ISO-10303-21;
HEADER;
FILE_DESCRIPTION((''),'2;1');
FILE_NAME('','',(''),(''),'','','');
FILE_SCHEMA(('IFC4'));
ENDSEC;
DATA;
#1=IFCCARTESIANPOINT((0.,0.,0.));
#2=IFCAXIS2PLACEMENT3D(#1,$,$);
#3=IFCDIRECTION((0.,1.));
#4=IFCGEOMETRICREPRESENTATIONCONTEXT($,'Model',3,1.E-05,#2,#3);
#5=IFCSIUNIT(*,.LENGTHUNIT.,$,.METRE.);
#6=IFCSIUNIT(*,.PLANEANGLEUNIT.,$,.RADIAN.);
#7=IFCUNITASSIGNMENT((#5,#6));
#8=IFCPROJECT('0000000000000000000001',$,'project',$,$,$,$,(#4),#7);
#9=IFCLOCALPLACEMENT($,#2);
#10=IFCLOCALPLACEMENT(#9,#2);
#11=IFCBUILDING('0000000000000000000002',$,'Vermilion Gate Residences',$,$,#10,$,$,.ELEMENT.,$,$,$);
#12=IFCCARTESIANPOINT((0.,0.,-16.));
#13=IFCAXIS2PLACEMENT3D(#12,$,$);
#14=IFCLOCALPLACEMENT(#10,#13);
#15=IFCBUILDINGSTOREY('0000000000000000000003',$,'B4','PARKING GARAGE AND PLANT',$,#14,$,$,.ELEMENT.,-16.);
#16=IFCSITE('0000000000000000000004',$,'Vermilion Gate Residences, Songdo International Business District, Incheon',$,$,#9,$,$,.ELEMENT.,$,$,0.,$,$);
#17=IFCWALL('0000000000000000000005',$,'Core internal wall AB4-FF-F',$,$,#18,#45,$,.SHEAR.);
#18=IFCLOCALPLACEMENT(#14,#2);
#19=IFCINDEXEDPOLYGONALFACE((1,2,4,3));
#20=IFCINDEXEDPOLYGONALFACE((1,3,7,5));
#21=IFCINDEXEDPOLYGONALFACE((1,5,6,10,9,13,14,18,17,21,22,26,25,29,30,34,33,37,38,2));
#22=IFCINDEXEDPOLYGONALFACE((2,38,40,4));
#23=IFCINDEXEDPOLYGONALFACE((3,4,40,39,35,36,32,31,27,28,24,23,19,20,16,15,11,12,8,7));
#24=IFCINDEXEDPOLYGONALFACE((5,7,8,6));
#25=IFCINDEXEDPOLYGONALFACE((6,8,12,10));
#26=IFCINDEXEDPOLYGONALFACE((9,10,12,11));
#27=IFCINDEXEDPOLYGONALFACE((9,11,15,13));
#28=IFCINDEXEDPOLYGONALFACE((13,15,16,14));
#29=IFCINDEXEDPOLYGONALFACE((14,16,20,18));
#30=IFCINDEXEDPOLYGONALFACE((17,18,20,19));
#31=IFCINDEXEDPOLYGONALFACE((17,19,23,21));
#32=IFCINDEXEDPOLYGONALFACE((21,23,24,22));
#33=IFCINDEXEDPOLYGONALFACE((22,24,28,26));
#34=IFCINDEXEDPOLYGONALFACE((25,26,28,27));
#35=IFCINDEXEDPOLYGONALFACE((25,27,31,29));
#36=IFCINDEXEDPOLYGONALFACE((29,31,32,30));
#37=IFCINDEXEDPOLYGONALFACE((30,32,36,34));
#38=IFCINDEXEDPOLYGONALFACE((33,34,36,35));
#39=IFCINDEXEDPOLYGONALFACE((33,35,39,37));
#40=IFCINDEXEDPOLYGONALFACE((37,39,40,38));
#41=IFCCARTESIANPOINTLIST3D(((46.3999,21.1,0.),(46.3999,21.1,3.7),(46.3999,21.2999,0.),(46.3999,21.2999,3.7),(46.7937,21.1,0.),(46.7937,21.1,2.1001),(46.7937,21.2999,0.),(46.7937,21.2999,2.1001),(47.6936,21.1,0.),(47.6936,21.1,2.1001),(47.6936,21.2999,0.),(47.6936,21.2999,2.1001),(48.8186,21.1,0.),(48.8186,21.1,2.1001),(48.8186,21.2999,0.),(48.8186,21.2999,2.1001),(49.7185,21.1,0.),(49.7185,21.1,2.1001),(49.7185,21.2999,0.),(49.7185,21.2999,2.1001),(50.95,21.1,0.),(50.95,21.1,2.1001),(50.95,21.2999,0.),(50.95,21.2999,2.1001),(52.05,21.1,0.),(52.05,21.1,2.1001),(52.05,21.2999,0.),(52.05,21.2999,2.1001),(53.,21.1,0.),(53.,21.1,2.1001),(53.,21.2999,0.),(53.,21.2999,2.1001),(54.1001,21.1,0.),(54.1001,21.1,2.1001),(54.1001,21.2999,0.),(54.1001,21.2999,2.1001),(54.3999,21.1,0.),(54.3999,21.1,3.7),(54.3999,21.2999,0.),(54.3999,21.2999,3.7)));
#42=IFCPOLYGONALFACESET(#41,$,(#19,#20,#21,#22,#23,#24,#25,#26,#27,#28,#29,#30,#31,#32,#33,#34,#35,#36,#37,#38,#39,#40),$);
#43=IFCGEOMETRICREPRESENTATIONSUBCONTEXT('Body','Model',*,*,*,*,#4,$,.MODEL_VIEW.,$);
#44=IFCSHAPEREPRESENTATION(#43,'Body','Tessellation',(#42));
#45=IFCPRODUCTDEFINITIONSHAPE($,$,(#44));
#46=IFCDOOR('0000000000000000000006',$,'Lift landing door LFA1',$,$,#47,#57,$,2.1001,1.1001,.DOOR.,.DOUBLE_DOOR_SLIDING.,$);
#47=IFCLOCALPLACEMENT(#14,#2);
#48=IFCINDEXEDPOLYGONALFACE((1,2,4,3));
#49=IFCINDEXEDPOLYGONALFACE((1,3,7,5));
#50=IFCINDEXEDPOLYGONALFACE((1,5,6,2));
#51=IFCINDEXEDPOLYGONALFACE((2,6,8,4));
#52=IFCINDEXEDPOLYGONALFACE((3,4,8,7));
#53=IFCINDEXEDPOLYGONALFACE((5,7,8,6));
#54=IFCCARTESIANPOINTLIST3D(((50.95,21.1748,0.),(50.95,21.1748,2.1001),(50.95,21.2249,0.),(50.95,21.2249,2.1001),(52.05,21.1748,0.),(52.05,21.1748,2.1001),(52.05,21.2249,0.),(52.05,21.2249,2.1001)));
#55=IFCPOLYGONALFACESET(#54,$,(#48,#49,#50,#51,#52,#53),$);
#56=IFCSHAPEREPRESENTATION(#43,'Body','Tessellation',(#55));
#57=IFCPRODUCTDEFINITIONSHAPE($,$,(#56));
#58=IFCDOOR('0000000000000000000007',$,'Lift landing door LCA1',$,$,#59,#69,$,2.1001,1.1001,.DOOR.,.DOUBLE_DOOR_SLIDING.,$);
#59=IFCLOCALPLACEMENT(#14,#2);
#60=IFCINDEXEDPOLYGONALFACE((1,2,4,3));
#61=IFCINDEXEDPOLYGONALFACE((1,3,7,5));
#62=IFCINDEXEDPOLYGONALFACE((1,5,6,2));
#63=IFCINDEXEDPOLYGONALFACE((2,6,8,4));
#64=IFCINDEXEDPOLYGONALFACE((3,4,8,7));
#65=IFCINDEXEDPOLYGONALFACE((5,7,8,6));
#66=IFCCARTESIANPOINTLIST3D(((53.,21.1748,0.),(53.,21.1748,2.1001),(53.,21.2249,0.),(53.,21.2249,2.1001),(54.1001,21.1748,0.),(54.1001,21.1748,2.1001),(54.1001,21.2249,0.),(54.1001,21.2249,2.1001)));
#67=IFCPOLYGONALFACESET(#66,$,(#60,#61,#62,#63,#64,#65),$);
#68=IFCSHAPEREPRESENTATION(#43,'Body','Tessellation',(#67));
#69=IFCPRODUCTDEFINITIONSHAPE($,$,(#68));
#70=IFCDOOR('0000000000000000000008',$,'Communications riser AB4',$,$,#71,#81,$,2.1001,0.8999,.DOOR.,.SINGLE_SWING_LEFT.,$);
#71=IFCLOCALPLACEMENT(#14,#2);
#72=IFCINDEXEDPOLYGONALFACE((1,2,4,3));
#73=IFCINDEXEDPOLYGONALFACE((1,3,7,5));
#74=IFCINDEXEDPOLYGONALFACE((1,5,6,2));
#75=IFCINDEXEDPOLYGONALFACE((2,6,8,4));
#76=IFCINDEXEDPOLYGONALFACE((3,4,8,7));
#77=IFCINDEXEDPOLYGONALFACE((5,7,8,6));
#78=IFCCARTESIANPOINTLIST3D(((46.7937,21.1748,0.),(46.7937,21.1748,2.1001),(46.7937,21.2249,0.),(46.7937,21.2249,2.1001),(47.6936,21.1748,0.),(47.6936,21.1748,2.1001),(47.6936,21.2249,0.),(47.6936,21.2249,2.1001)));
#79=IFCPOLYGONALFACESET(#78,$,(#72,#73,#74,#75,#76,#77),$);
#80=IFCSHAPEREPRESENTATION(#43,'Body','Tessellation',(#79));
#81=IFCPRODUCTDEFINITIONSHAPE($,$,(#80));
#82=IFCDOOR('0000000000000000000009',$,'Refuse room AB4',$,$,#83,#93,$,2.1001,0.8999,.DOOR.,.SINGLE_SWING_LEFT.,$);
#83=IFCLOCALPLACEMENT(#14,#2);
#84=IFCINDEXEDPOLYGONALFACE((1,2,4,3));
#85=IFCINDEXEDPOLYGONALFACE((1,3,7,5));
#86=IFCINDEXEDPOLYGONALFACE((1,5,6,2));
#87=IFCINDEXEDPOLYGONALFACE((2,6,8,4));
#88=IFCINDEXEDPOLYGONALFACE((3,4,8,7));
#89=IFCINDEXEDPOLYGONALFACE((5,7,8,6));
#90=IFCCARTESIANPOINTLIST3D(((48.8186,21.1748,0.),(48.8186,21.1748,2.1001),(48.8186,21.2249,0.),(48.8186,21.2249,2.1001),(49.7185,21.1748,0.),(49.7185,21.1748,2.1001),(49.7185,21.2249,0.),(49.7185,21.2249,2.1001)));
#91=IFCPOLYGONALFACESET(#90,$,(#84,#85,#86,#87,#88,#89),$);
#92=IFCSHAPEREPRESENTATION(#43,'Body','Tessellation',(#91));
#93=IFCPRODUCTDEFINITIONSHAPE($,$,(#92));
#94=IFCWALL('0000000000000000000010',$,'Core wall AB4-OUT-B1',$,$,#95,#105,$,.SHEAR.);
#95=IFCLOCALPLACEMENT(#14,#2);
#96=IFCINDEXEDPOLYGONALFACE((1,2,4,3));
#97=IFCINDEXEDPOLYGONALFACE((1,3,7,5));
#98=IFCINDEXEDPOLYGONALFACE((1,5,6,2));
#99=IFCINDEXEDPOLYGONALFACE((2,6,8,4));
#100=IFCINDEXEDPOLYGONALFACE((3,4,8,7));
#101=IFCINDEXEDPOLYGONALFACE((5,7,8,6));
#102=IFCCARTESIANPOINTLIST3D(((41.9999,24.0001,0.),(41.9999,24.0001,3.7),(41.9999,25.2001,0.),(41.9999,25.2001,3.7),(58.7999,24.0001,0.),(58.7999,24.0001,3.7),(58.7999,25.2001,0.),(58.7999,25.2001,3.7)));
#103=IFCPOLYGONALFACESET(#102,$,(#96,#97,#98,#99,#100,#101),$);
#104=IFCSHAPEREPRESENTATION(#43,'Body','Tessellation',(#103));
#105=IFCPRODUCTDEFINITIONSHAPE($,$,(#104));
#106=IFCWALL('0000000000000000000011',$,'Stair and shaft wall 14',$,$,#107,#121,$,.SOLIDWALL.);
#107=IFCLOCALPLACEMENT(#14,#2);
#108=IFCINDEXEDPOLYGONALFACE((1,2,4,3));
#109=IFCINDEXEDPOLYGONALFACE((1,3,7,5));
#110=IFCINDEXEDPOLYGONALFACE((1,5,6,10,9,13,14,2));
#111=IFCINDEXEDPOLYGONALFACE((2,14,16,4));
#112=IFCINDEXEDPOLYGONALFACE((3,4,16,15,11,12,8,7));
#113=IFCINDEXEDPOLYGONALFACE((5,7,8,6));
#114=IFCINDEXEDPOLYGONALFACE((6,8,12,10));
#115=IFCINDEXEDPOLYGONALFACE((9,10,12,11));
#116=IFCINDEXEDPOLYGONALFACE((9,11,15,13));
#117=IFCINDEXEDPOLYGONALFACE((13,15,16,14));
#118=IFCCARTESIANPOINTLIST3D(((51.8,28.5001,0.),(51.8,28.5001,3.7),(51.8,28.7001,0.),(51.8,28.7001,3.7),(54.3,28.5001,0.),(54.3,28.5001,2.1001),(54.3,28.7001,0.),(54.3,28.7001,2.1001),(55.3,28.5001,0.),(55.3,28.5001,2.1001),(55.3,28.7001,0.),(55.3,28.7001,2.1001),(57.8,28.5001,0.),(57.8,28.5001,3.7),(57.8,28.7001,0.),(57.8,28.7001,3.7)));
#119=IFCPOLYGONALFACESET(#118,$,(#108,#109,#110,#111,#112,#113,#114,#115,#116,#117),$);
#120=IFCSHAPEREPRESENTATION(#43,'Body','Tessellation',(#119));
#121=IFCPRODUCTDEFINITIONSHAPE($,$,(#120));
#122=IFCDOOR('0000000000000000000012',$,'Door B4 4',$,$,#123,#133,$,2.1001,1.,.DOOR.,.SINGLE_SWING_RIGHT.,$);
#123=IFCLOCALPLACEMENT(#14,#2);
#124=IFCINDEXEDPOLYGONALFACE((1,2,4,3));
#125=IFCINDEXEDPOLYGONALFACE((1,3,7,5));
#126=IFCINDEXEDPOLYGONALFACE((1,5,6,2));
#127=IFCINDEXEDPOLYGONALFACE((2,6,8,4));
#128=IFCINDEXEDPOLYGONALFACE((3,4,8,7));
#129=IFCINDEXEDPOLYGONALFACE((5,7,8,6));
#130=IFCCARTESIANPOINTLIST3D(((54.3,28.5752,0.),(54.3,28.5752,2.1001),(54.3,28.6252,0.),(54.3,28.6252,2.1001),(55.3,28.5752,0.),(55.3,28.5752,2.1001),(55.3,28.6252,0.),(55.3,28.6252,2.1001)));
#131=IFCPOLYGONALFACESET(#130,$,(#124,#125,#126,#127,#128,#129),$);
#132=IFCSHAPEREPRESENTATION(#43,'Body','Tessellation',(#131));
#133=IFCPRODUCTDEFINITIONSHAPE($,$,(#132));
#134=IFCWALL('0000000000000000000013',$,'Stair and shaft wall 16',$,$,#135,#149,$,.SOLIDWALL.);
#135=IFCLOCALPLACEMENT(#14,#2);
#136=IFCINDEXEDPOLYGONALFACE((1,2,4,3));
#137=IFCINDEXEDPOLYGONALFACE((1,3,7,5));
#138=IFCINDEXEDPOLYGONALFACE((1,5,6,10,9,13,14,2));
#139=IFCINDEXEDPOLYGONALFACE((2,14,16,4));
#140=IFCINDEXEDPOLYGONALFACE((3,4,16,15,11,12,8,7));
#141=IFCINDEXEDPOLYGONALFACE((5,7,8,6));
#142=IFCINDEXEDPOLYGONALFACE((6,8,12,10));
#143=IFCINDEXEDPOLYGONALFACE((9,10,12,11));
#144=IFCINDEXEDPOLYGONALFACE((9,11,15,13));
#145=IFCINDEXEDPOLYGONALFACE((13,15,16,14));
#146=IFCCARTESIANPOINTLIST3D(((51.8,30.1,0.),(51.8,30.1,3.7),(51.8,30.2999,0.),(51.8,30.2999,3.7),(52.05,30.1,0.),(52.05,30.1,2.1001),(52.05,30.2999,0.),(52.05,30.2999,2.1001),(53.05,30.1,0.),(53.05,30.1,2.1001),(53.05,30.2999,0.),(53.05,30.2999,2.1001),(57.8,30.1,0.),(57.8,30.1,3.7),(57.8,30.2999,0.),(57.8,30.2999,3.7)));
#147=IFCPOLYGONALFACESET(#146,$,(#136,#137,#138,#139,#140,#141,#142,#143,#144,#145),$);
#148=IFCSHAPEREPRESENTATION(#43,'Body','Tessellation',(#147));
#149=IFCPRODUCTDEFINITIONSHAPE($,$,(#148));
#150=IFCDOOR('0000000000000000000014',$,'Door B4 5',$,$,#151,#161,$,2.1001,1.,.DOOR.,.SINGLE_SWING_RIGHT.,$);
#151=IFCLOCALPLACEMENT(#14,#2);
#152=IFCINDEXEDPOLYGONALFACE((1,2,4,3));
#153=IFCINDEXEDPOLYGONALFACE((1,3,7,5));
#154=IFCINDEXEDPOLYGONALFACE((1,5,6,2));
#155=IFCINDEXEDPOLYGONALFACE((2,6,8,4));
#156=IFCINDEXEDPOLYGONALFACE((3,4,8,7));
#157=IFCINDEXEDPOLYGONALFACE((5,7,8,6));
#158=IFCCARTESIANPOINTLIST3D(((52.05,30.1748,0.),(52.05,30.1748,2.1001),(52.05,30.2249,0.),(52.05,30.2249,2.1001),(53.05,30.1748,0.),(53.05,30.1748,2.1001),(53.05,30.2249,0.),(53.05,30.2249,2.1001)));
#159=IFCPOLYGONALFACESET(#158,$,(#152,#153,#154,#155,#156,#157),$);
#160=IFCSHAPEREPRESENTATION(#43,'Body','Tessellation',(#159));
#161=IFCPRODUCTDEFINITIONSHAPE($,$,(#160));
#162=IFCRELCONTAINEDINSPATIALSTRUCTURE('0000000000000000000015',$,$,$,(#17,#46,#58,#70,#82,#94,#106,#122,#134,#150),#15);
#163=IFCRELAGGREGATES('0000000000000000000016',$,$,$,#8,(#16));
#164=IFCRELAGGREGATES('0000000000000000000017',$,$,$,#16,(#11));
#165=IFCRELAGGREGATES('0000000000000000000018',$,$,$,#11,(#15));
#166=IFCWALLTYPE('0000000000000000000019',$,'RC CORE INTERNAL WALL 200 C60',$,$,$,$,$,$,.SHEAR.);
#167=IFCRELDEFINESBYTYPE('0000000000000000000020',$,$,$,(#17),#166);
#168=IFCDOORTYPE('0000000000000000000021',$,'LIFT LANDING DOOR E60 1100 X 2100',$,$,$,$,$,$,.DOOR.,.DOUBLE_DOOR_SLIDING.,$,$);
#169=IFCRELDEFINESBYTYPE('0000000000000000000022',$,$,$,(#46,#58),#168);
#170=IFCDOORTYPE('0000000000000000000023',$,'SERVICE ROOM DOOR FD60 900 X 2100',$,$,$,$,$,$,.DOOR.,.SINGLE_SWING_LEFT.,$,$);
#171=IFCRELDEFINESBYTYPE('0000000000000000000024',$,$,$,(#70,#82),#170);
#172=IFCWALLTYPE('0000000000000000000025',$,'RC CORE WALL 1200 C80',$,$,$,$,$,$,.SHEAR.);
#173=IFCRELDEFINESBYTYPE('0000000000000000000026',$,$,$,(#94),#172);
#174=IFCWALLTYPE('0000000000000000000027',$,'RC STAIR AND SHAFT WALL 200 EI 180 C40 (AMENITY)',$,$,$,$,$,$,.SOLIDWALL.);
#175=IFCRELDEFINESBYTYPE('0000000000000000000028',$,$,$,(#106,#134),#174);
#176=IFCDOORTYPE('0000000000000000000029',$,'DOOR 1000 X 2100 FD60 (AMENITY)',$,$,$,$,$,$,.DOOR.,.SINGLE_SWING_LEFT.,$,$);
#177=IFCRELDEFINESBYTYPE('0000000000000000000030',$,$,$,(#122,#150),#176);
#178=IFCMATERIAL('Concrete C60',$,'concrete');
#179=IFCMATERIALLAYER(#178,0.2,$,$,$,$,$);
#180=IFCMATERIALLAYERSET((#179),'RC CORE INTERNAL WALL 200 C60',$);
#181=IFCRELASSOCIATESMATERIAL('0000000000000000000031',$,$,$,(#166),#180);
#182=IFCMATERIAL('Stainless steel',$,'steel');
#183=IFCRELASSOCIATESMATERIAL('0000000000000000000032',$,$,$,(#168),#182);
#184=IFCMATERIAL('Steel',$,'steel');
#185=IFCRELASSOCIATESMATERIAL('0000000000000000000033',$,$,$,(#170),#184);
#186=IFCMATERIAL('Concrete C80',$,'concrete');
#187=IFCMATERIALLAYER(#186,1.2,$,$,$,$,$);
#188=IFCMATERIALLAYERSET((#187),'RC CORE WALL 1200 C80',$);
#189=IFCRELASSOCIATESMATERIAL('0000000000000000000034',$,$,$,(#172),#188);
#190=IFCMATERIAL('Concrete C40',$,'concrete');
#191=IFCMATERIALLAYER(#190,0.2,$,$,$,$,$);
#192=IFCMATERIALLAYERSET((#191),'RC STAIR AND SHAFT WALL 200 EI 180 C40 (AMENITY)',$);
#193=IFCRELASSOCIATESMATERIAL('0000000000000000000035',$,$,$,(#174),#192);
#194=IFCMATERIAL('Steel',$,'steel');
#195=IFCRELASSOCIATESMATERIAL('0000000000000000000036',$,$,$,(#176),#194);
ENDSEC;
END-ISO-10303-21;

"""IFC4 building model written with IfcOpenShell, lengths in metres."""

from ifc_helpers import new_model, si_unit, direction, frame, frame_2d, origin, place, context, subcontext, project, spatial, rectangle, extrude, material, layer, layer_set, type_object, element, fill, save


model = new_model("IFC4")

# Units and contexts
model_context = context("Model", 3, precision=1e-05, world=origin(), true_north=direction((0.0, 1.0)))
body_context = subcontext(model_context, "Body", "Model", "MODEL_VIEW")
ifc_project = project(units=[si_unit("LENGTHUNIT", "METRE"), si_unit("PLANEANGLEUNIT", "RADIAN")], contexts=[model_context])

# Site, building, storey
site_placement = place(None, origin())
site = spatial("IfcSite", under=ifc_project, at=site_placement, Name="Vermilion Gate Residences, Songdo International Business District, Incheon", CompositionType="ELEMENT", RefElevation=0.0)
building_placement = place(site_placement, origin())
building = spatial("IfcBuilding", under=site, at=building_placement, Name="Vermilion Gate Residences", CompositionType="ELEMENT")
storey_placement = place(building_placement, frame((0.0, 0.0, -16.0)))
storey = spatial("IfcBuildingStorey", under=building, at=storey_placement, Name="B4", Description="PARKING GARAGE AND PLANT", CompositionType="ELEMENT", Elevation=-16.0)

# Shared definitions
ifc_material_1 = material(Name="Concrete C60", Category="concrete")
ifc_layer_1 = layer(ifc_material_1, 0.2)
ifc_layer_set_1 = layer_set([ifc_layer_1], Name="RC CORE INTERNAL WALL 200 C60")
wall_type_1 = type_object("IfcWallType", Name="RC CORE INTERNAL WALL 200 C60", PredefinedType="SHEAR", material=ifc_layer_set_1)

# Wall, openings, doors
wall_1_placement = place(storey_placement, frame((46.3999, 21.2, 0.0), z_axis=(0.0, 0.0, 1.0), x_axis=(1.0, 0.0, 0.0)))
wall_1 = element("IfcWall", 1, at=wall_1_placement, inside=storey, type_object=wall_type_1, Name="Core internal wall AB4-FF-F", PredefinedType="SHEAR", context=body_context, shape_type="SweptSolid", body=[
    extrude(rectangle(XDim=8.0, YDim=0.2, at=frame_2d((4.0, 0.0))), origin(), (0.0, 0.0, 1.0), 3.7),
])
opening_1_placement = place(wall_1_placement, frame((0.3938, 0.0, 0.0)))
opening_1 = element("IfcOpeningElement", 2, at=opening_1_placement, cuts=wall_1, PredefinedType="OPENING", context=body_context, shape_type="SweptSolid", body=[
    extrude(rectangle(XDim=0.8999, YDim=2.1001, at=frame_2d((0.45, 1.05))), frame((0.0, 0.1099, 0.0), z_axis=(0.0, -1.0, 0.0), x_axis=(1.0, 0.0, 0.0)), (0.0, 0.0, 1.0), 0.22),
])
opening_2_placement = place(wall_1_placement, frame((2.4187, 0.0, 0.0)))
opening_2 = element("IfcOpeningElement", 3, at=opening_2_placement, cuts=wall_1, PredefinedType="OPENING", context=body_context, shape_type="SweptSolid", body=[
    extrude(rectangle(XDim=0.8999, YDim=2.1001, at=frame_2d((0.45, 1.05))), frame((0.0, 0.1099, 0.0), z_axis=(0.0, -1.0, 0.0), x_axis=(1.0, 0.0, 0.0)), (0.0, 0.0, 1.0), 0.22),
])
opening_3_placement = place(wall_1_placement, frame((4.55, 0.0, 0.0)))
opening_3 = element("IfcOpeningElement", 4, at=opening_3_placement, cuts=wall_1, PredefinedType="OPENING", context=body_context, shape_type="SweptSolid", body=[
    extrude(rectangle(XDim=1.1001, YDim=2.1001, at=frame_2d((0.55, 1.05))), frame((0.0, 0.1099, 0.0), z_axis=(0.0, -1.0, 0.0), x_axis=(1.0, 0.0, 0.0)), (0.0, 0.0, 1.0), 0.22),
])
opening_4_placement = place(wall_1_placement, frame((6.6001, 0.0, 0.0)))
opening_4 = element("IfcOpeningElement", 5, at=opening_4_placement, cuts=wall_1, PredefinedType="OPENING", context=body_context, shape_type="SweptSolid", body=[
    extrude(rectangle(XDim=1.1001, YDim=2.1001, at=frame_2d((0.55, 1.05))), frame((0.0, 0.1099, 0.0), z_axis=(0.0, -1.0, 0.0), x_axis=(1.0, 0.0, 0.0)), (0.0, 0.0, 1.0), 0.22),
])
ifc_material_2 = material(Name="Stainless steel", Category="steel")
door_type_1 = type_object("IfcDoorType", Name="LIFT LANDING DOOR E60 1100 X 2100", OperationType="DOUBLE_DOOR_SLIDING", PredefinedType="DOOR", material=ifc_material_2)
door_1_placement = place(opening_3_placement, origin())
door_1 = element("IfcDoor", 6, at=door_1_placement, inside=storey, type_object=door_type_1, Name="Lift landing door LFA1", OperationType="DOUBLE_DOOR_SLIDING", OverallHeight=2.1001, OverallWidth=1.1001, PredefinedType="DOOR", context=body_context, shape_type="SweptSolid", body=[
    extrude(rectangle(XDim=1.1001, YDim=2.1001, at=frame_2d((0.55, 1.05))), frame((0.0, 0.0249, 0.0), z_axis=(0.0, -1.0, 0.0), x_axis=(1.0, 0.0, 0.0)), (0.0, 0.0, 1.0), 0.05),
])
fill(opening_3, door_1)
door_2_placement = place(opening_4_placement, origin())
door_2 = element("IfcDoor", 7, at=door_2_placement, inside=storey, type_object=door_type_1, Name="Lift landing door LCA1", OperationType="DOUBLE_DOOR_SLIDING", OverallHeight=2.1001, OverallWidth=1.1001, PredefinedType="DOOR", context=body_context, shape_type="SweptSolid", body=[
    extrude(rectangle(XDim=1.1001, YDim=2.1001, at=frame_2d((0.55, 1.05))), frame((0.0, 0.0249, 0.0), z_axis=(0.0, -1.0, 0.0), x_axis=(1.0, 0.0, 0.0)), (0.0, 0.0, 1.0), 0.05),
])
fill(opening_4, door_2)
ifc_material_3 = material(Name="Steel", Category="steel")
door_type_2 = type_object("IfcDoorType", Name="SERVICE ROOM DOOR FD60 900 X 2100", OperationType="SINGLE_SWING_LEFT", PredefinedType="DOOR", material=ifc_material_3)
door_3_placement = place(opening_1_placement, origin())
door_3 = element("IfcDoor", 8, at=door_3_placement, inside=storey, type_object=door_type_2, Name="Communications riser AB4", OperationType="SINGLE_SWING_LEFT", OverallHeight=2.1001, OverallWidth=0.8999, PredefinedType="DOOR", context=body_context, shape_type="SweptSolid", body=[
    extrude(rectangle(XDim=0.8999, YDim=2.1001, at=frame_2d((0.45, 1.05))), frame((0.0, 0.0249, 0.0), z_axis=(0.0, -1.0, 0.0), x_axis=(1.0, 0.0, 0.0)), (0.0, 0.0, 1.0), 0.05),
])
fill(opening_1, door_3)
door_4_placement = place(opening_2_placement, origin())
door_4 = element("IfcDoor", 9, at=door_4_placement, inside=storey, type_object=door_type_2, Name="Refuse room AB4", OperationType="SINGLE_SWING_LEFT", OverallHeight=2.1001, OverallWidth=0.8999, PredefinedType="DOOR", context=body_context, shape_type="SweptSolid", body=[
    extrude(rectangle(XDim=0.8999, YDim=2.1001, at=frame_2d((0.45, 1.05))), frame((0.0, 0.0249, 0.0), z_axis=(0.0, -1.0, 0.0), x_axis=(1.0, 0.0, 0.0)), (0.0, 0.0, 1.0), 0.05),
])
fill(opening_2, door_4)

# Wall
ifc_material_4 = material(Name="Concrete C80", Category="concrete")
ifc_layer_2 = layer(ifc_material_4, 1.2)
ifc_layer_set_2 = layer_set([ifc_layer_2], Name="RC CORE WALL 1200 C80")
wall_type_2 = type_object("IfcWallType", Name="RC CORE WALL 1200 C80", PredefinedType="SHEAR", material=ifc_layer_set_2)
wall_2_placement = place(storey_placement, frame((42.0, 24.6001, 0.0), z_axis=(0.0, 0.0, 1.0), x_axis=(1.0, 0.0, 0.0)))
element("IfcWall", 10, at=wall_2_placement, inside=storey, type_object=wall_type_2, Name="Core wall AB4-OUT-B1", PredefinedType="SHEAR", context=body_context, shape_type="SweptSolid", body=[
    extrude(rectangle(XDim=16.8, YDim=1.2, at=frame_2d((8.3999, 0.0))), origin(), (0.0, 0.0, 1.0), 3.7),
])

# Walls, openings, doors
ifc_material_5 = material(Name="Concrete C40", Category="concrete")
ifc_layer_3 = layer(ifc_material_5, 0.2)
ifc_layer_set_3 = layer_set([ifc_layer_3], Name="RC STAIR AND SHAFT WALL 200 EI 180 C40 (AMENITY)")
wall_type_3 = type_object("IfcWallType", Name="RC STAIR AND SHAFT WALL 200 EI 180 C40 (AMENITY)", PredefinedType="SOLIDWALL", material=ifc_layer_set_3)
wall_3_placement = place(storey_placement, frame((51.8, 28.6001, 0.0), z_axis=(0.0, 0.0, 1.0), x_axis=(1.0, 0.0, 0.0)))
wall_3 = element("IfcWall", 11, at=wall_3_placement, inside=storey, type_object=wall_type_3, Name="Stair and shaft wall 14", PredefinedType="SOLIDWALL", context=body_context, shape_type="SweptSolid", body=[
    extrude(rectangle(XDim=6.0, YDim=0.2, at=frame_2d((3.0, 0.0))), origin(), (0.0, 0.0, 1.0), 3.7),
])
opening_5_placement = place(wall_3_placement, frame((2.5, 0.0, 0.0)))
opening_5 = element("IfcOpeningElement", 12, at=opening_5_placement, cuts=wall_3, PredefinedType="OPENING", context=body_context, shape_type="SweptSolid", body=[
    extrude(rectangle(XDim=1.0, YDim=2.1001, at=frame_2d((0.5, 1.05))), frame((0.0, 0.1099, 0.0), z_axis=(0.0, -1.0, 0.0), x_axis=(1.0, 0.0, 0.0)), (0.0, 0.0, 1.0), 0.22),
])
ifc_material_6 = material(Name="Steel", Category="steel")
door_type_3 = type_object("IfcDoorType", Name="DOOR 1000 X 2100 FD60 (AMENITY)", OperationType="SINGLE_SWING_LEFT", PredefinedType="DOOR", material=ifc_material_6)
door_5_placement = place(opening_5_placement, frame((1.0, 0.0, 0.0), z_axis=(0.0, 0.0, 1.0), x_axis=(-1.0, 0.0, 0.0)))
door_5 = element("IfcDoor", 13, at=door_5_placement, inside=storey, type_object=door_type_3, Name="Door B4 4", OperationType="SINGLE_SWING_RIGHT", OverallHeight=2.1001, OverallWidth=1.0, PredefinedType="DOOR", context=body_context, shape_type="SweptSolid", body=[
    extrude(rectangle(XDim=1.0, YDim=2.1001, at=frame_2d((0.5, 1.05))), frame((0.0, 0.0249, 0.0), z_axis=(0.0, -1.0, 0.0), x_axis=(1.0, 0.0, 0.0)), (0.0, 0.0, 1.0), 0.05),
])
fill(opening_5, door_5)
wall_4_placement = place(storey_placement, frame((51.8, 30.2, 0.0), z_axis=(0.0, 0.0, 1.0), x_axis=(1.0, 0.0, 0.0)))
wall_4 = element("IfcWall", 14, at=wall_4_placement, inside=storey, type_object=wall_type_3, Name="Stair and shaft wall 16", PredefinedType="SOLIDWALL", context=body_context, shape_type="SweptSolid", body=[
    extrude(rectangle(XDim=6.0, YDim=0.2, at=frame_2d((3.0, 0.0))), origin(), (0.0, 0.0, 1.0), 3.7),
])
opening_6_placement = place(wall_4_placement, frame((0.25, 0.0, 0.0)))
opening_6 = element("IfcOpeningElement", 15, at=opening_6_placement, cuts=wall_4, PredefinedType="OPENING", context=body_context, shape_type="SweptSolid", body=[
    extrude(rectangle(XDim=1.0, YDim=2.1001, at=frame_2d((0.5, 1.05))), frame((0.0, 0.1099, 0.0), z_axis=(0.0, -1.0, 0.0), x_axis=(1.0, 0.0, 0.0)), (0.0, 0.0, 1.0), 0.22),
])
door_6_placement = place(opening_6_placement, origin())
door_6 = element("IfcDoor", 16, at=door_6_placement, inside=storey, type_object=door_type_3, Name="Door B4 5", OperationType="SINGLE_SWING_RIGHT", OverallHeight=2.1001, OverallWidth=1.0, PredefinedType="DOOR", context=body_context, shape_type="SweptSolid", body=[
    extrude(rectangle(XDim=1.0, YDim=2.1001, at=frame_2d((0.5, 1.05))), frame((0.0, 0.0249, 0.0), z_axis=(0.0, -1.0, 0.0), x_axis=(1.0, 0.0, 0.0)), (0.0, 0.0, 1.0), 0.05),
])
fill(opening_6, door_6)

save(model, "model.ifc")
